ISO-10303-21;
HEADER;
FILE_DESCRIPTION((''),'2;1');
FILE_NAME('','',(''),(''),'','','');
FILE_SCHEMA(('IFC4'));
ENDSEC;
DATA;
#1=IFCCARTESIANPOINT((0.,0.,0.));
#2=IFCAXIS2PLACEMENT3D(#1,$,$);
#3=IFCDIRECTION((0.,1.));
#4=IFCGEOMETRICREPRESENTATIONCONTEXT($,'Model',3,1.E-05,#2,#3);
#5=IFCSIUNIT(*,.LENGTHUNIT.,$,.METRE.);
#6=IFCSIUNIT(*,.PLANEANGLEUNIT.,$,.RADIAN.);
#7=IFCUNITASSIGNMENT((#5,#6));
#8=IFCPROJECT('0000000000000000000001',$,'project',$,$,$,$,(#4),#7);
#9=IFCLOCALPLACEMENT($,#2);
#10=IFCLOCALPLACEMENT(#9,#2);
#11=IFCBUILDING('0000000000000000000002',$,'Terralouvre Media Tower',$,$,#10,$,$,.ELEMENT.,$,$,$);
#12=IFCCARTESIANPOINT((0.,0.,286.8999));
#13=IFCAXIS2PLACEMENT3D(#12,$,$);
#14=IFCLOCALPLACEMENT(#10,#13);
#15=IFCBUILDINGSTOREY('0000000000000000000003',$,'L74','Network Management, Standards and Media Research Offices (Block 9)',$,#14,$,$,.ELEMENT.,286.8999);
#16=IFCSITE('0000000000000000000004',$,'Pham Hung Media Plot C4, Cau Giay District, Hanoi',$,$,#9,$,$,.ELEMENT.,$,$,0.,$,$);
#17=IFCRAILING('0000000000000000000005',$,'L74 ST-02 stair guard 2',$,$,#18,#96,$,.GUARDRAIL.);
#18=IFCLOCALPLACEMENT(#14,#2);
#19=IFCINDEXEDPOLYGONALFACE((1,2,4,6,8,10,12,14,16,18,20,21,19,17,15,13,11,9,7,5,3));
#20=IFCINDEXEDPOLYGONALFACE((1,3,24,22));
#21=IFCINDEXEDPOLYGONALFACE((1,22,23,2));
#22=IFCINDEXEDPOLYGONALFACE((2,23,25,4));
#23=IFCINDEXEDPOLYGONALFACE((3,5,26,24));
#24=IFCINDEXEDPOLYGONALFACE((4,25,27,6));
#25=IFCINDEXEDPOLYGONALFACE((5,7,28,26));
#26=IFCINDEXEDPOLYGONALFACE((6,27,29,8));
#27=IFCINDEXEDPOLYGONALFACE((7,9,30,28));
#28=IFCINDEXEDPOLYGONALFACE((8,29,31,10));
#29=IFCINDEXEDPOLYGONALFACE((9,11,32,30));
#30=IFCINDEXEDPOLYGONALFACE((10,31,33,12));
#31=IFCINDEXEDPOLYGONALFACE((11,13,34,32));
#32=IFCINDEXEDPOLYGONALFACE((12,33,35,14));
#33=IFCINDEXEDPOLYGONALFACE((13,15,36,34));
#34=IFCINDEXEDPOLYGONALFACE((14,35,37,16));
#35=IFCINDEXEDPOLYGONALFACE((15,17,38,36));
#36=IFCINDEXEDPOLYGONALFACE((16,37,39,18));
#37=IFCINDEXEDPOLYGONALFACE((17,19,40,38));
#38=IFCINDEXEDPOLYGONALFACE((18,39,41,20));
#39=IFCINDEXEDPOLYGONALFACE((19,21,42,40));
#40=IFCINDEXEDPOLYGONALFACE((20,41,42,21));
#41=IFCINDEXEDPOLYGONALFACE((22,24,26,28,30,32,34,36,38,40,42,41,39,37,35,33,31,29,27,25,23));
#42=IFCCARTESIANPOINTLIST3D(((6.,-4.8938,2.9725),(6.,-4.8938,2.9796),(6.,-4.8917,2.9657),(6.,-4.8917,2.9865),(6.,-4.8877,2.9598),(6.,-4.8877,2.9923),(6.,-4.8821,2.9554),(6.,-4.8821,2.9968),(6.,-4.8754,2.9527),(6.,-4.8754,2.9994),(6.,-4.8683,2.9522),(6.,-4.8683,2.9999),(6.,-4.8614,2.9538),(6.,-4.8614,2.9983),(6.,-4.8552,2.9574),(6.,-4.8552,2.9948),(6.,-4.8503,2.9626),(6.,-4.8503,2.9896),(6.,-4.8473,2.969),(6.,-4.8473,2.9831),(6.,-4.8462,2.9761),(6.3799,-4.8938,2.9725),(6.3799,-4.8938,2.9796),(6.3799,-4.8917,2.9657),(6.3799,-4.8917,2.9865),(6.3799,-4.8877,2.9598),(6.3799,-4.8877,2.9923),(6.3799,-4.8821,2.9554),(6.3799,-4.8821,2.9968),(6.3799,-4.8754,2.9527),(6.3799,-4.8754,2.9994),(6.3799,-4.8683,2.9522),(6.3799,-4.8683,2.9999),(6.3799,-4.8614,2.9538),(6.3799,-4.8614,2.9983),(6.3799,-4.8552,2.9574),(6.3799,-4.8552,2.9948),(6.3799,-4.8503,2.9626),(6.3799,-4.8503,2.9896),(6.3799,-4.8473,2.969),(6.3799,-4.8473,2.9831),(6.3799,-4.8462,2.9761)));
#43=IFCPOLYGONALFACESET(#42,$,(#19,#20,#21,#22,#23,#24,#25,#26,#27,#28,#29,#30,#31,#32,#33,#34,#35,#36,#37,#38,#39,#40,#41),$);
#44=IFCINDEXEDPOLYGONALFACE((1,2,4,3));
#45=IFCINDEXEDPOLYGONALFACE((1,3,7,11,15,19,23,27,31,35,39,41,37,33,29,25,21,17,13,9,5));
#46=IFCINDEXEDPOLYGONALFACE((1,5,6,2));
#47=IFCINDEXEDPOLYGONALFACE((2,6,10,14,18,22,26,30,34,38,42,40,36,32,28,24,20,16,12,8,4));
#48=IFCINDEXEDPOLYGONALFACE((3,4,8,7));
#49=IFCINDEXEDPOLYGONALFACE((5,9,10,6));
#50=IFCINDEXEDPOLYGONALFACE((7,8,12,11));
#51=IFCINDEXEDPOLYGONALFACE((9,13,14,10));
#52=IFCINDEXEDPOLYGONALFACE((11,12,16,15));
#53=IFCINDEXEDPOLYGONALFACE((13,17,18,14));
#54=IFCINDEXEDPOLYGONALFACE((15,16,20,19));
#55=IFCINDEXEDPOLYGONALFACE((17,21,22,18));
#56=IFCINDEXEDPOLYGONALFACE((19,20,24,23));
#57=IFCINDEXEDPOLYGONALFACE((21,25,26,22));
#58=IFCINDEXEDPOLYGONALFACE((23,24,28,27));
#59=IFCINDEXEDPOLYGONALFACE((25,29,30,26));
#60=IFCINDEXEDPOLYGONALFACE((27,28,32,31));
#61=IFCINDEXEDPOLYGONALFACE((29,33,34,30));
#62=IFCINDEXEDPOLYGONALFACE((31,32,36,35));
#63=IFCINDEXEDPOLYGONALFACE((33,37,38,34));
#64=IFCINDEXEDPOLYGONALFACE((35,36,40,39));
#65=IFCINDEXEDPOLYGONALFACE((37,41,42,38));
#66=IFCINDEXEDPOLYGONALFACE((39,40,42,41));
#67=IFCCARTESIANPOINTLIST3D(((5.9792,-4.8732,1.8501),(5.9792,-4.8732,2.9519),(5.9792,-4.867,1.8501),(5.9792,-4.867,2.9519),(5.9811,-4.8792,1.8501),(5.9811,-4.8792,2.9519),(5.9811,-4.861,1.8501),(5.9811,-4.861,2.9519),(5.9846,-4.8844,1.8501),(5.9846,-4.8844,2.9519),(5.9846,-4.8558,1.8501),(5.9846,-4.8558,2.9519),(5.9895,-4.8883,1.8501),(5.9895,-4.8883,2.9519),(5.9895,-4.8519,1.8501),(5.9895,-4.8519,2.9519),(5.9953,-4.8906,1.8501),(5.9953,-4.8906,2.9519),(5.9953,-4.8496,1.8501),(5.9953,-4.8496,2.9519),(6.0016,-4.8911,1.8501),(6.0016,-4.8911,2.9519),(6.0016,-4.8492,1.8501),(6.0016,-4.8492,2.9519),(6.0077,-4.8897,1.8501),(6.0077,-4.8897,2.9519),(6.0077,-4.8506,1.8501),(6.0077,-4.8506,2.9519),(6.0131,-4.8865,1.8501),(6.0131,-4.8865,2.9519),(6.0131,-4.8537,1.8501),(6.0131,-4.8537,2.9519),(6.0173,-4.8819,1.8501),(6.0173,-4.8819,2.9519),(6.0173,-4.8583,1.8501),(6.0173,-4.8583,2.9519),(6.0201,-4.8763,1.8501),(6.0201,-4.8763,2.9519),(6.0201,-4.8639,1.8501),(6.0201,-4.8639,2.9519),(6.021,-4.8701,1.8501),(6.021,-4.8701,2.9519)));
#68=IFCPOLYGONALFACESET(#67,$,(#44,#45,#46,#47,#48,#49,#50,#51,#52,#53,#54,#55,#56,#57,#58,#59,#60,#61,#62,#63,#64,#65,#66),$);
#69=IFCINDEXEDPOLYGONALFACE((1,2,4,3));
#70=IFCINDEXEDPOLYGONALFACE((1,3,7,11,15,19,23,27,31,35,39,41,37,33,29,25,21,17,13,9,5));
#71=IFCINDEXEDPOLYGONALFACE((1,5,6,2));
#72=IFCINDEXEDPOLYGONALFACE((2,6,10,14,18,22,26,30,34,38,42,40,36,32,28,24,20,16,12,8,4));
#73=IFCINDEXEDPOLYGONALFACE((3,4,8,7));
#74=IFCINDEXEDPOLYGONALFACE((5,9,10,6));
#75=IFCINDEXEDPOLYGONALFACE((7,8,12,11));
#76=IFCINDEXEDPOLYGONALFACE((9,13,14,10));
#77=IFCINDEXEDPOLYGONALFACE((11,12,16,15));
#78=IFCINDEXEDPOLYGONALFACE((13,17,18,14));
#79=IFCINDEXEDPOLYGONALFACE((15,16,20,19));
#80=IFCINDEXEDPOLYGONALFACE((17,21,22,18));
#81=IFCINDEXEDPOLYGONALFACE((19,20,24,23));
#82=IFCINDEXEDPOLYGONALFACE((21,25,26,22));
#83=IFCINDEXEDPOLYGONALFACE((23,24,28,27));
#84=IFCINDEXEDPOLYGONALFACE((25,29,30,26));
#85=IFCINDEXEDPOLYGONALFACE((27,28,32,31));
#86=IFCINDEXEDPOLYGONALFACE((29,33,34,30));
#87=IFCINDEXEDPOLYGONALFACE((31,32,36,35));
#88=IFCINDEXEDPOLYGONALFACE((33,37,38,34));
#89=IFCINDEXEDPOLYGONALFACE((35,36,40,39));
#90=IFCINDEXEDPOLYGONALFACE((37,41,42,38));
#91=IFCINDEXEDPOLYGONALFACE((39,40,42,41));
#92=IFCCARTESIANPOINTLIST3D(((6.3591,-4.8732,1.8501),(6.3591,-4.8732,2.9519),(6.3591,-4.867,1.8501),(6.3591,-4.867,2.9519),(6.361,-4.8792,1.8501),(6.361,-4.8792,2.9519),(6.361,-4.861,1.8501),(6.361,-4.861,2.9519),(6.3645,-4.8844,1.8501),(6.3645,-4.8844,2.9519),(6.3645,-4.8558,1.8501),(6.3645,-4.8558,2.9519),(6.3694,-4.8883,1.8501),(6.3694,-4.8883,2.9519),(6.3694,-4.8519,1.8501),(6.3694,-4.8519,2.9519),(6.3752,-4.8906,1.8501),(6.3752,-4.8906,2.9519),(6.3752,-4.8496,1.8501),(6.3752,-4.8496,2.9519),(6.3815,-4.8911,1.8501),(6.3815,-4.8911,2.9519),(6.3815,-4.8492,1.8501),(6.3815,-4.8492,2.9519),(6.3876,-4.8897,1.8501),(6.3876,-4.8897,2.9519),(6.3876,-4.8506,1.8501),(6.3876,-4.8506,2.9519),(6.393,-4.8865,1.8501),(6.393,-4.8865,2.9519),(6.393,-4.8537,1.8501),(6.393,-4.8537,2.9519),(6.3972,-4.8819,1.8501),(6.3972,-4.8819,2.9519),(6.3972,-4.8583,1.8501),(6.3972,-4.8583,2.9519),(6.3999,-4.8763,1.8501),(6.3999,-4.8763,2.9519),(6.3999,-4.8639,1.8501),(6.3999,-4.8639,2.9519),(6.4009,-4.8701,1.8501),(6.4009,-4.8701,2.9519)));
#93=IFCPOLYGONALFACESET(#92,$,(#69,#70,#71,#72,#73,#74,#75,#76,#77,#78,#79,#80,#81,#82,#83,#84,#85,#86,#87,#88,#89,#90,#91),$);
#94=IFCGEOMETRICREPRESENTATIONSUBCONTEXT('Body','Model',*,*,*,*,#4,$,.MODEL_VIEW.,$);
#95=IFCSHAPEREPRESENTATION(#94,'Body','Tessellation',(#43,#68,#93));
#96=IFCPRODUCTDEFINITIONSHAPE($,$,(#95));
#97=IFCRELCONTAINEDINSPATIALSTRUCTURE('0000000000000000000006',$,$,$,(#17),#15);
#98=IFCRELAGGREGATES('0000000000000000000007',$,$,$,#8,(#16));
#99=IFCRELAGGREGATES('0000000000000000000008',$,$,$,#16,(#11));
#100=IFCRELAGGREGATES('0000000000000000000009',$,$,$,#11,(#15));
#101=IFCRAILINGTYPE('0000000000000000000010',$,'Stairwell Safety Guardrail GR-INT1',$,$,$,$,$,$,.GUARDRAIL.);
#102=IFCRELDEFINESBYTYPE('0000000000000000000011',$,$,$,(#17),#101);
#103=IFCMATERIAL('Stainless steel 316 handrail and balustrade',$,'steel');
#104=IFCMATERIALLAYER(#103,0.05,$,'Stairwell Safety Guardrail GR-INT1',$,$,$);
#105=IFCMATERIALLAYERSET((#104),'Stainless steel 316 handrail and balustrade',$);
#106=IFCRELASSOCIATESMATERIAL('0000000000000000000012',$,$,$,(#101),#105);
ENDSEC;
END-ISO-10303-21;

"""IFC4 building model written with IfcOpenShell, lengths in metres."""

from ifc_helpers import new_model, si_unit, direction, frame, origin, origin_2d, place, context, subcontext, project, spatial, circle, extrude, material, layer, layer_set, type_object, element, save


model = new_model("IFC4")

# Units and contexts
model_context = context("Model", 3, precision=1e-05, world=origin(), true_north=direction((0.0, 1.0)))
body_context = subcontext(model_context, "Body", "Model", "MODEL_VIEW")
ifc_project = project(units=[si_unit("LENGTHUNIT", "METRE"), si_unit("PLANEANGLEUNIT", "RADIAN")], contexts=[model_context])

# Site, building, storey
site_placement = place(None, origin())
site = spatial("IfcSite", under=ifc_project, at=site_placement, Name="Pham Hung Media Plot C4, Cau Giay District, Hanoi", CompositionType="ELEMENT", RefElevation=0.0)
building_placement = place(site_placement, origin())
building = spatial("IfcBuilding", under=site, at=building_placement, Name="Terralouvre Media Tower", CompositionType="ELEMENT")
storey_placement = place(building_placement, frame((0.0, 0.0, 286.8999)))
storey = spatial("IfcBuildingStorey", under=building, at=storey_placement, Name="L74", Description="Network Management, Standards and Media Research Offices (Block 9)", CompositionType="ELEMENT", Elevation=286.8999)

# Railing
ifc_material_1 = material(Name="Stainless steel 316 handrail and balustrade", Category="steel")
ifc_layer_1 = layer(ifc_material_1, 0.05, Name="Stairwell Safety Guardrail GR-INT1")
ifc_layer_set_1 = layer_set([ifc_layer_1], Name="Stainless steel 316 handrail and balustrade")
railing_type_1 = type_object("IfcRailingType", Name="Stairwell Safety Guardrail GR-INT1", PredefinedType="GUARDRAIL", material=ifc_layer_set_1)
railing_1_placement = place(storey_placement, frame((6.0, -4.8701, 1.8501)))
element("IfcRailing", 1, at=railing_1_placement, inside=storey, type_object=railing_type_1, Name="L74 ST-02 stair guard 2", PredefinedType="GUARDRAIL", context=body_context, shape_type="SweptSolid", body=[
    extrude(circle(Radius=0.0239, at=origin_2d()), frame((0.0, 0.0, 1.126), z_axis=(1.0, 0.0, 0.0), x_axis=(0.0, 1.0, 0.0)), (0.0, 0.0, 1.0), 0.3799),
    extrude(circle(Radius=0.021, at=origin_2d()), origin(), (0.0, 0.0, 1.0), 1.1018),
    extrude(circle(Radius=0.021, at=origin_2d()), frame((0.3799, 0.0, 0.0)), (0.0, 0.0, 1.0), 1.1018),
])

save(model, "model.ifc")
